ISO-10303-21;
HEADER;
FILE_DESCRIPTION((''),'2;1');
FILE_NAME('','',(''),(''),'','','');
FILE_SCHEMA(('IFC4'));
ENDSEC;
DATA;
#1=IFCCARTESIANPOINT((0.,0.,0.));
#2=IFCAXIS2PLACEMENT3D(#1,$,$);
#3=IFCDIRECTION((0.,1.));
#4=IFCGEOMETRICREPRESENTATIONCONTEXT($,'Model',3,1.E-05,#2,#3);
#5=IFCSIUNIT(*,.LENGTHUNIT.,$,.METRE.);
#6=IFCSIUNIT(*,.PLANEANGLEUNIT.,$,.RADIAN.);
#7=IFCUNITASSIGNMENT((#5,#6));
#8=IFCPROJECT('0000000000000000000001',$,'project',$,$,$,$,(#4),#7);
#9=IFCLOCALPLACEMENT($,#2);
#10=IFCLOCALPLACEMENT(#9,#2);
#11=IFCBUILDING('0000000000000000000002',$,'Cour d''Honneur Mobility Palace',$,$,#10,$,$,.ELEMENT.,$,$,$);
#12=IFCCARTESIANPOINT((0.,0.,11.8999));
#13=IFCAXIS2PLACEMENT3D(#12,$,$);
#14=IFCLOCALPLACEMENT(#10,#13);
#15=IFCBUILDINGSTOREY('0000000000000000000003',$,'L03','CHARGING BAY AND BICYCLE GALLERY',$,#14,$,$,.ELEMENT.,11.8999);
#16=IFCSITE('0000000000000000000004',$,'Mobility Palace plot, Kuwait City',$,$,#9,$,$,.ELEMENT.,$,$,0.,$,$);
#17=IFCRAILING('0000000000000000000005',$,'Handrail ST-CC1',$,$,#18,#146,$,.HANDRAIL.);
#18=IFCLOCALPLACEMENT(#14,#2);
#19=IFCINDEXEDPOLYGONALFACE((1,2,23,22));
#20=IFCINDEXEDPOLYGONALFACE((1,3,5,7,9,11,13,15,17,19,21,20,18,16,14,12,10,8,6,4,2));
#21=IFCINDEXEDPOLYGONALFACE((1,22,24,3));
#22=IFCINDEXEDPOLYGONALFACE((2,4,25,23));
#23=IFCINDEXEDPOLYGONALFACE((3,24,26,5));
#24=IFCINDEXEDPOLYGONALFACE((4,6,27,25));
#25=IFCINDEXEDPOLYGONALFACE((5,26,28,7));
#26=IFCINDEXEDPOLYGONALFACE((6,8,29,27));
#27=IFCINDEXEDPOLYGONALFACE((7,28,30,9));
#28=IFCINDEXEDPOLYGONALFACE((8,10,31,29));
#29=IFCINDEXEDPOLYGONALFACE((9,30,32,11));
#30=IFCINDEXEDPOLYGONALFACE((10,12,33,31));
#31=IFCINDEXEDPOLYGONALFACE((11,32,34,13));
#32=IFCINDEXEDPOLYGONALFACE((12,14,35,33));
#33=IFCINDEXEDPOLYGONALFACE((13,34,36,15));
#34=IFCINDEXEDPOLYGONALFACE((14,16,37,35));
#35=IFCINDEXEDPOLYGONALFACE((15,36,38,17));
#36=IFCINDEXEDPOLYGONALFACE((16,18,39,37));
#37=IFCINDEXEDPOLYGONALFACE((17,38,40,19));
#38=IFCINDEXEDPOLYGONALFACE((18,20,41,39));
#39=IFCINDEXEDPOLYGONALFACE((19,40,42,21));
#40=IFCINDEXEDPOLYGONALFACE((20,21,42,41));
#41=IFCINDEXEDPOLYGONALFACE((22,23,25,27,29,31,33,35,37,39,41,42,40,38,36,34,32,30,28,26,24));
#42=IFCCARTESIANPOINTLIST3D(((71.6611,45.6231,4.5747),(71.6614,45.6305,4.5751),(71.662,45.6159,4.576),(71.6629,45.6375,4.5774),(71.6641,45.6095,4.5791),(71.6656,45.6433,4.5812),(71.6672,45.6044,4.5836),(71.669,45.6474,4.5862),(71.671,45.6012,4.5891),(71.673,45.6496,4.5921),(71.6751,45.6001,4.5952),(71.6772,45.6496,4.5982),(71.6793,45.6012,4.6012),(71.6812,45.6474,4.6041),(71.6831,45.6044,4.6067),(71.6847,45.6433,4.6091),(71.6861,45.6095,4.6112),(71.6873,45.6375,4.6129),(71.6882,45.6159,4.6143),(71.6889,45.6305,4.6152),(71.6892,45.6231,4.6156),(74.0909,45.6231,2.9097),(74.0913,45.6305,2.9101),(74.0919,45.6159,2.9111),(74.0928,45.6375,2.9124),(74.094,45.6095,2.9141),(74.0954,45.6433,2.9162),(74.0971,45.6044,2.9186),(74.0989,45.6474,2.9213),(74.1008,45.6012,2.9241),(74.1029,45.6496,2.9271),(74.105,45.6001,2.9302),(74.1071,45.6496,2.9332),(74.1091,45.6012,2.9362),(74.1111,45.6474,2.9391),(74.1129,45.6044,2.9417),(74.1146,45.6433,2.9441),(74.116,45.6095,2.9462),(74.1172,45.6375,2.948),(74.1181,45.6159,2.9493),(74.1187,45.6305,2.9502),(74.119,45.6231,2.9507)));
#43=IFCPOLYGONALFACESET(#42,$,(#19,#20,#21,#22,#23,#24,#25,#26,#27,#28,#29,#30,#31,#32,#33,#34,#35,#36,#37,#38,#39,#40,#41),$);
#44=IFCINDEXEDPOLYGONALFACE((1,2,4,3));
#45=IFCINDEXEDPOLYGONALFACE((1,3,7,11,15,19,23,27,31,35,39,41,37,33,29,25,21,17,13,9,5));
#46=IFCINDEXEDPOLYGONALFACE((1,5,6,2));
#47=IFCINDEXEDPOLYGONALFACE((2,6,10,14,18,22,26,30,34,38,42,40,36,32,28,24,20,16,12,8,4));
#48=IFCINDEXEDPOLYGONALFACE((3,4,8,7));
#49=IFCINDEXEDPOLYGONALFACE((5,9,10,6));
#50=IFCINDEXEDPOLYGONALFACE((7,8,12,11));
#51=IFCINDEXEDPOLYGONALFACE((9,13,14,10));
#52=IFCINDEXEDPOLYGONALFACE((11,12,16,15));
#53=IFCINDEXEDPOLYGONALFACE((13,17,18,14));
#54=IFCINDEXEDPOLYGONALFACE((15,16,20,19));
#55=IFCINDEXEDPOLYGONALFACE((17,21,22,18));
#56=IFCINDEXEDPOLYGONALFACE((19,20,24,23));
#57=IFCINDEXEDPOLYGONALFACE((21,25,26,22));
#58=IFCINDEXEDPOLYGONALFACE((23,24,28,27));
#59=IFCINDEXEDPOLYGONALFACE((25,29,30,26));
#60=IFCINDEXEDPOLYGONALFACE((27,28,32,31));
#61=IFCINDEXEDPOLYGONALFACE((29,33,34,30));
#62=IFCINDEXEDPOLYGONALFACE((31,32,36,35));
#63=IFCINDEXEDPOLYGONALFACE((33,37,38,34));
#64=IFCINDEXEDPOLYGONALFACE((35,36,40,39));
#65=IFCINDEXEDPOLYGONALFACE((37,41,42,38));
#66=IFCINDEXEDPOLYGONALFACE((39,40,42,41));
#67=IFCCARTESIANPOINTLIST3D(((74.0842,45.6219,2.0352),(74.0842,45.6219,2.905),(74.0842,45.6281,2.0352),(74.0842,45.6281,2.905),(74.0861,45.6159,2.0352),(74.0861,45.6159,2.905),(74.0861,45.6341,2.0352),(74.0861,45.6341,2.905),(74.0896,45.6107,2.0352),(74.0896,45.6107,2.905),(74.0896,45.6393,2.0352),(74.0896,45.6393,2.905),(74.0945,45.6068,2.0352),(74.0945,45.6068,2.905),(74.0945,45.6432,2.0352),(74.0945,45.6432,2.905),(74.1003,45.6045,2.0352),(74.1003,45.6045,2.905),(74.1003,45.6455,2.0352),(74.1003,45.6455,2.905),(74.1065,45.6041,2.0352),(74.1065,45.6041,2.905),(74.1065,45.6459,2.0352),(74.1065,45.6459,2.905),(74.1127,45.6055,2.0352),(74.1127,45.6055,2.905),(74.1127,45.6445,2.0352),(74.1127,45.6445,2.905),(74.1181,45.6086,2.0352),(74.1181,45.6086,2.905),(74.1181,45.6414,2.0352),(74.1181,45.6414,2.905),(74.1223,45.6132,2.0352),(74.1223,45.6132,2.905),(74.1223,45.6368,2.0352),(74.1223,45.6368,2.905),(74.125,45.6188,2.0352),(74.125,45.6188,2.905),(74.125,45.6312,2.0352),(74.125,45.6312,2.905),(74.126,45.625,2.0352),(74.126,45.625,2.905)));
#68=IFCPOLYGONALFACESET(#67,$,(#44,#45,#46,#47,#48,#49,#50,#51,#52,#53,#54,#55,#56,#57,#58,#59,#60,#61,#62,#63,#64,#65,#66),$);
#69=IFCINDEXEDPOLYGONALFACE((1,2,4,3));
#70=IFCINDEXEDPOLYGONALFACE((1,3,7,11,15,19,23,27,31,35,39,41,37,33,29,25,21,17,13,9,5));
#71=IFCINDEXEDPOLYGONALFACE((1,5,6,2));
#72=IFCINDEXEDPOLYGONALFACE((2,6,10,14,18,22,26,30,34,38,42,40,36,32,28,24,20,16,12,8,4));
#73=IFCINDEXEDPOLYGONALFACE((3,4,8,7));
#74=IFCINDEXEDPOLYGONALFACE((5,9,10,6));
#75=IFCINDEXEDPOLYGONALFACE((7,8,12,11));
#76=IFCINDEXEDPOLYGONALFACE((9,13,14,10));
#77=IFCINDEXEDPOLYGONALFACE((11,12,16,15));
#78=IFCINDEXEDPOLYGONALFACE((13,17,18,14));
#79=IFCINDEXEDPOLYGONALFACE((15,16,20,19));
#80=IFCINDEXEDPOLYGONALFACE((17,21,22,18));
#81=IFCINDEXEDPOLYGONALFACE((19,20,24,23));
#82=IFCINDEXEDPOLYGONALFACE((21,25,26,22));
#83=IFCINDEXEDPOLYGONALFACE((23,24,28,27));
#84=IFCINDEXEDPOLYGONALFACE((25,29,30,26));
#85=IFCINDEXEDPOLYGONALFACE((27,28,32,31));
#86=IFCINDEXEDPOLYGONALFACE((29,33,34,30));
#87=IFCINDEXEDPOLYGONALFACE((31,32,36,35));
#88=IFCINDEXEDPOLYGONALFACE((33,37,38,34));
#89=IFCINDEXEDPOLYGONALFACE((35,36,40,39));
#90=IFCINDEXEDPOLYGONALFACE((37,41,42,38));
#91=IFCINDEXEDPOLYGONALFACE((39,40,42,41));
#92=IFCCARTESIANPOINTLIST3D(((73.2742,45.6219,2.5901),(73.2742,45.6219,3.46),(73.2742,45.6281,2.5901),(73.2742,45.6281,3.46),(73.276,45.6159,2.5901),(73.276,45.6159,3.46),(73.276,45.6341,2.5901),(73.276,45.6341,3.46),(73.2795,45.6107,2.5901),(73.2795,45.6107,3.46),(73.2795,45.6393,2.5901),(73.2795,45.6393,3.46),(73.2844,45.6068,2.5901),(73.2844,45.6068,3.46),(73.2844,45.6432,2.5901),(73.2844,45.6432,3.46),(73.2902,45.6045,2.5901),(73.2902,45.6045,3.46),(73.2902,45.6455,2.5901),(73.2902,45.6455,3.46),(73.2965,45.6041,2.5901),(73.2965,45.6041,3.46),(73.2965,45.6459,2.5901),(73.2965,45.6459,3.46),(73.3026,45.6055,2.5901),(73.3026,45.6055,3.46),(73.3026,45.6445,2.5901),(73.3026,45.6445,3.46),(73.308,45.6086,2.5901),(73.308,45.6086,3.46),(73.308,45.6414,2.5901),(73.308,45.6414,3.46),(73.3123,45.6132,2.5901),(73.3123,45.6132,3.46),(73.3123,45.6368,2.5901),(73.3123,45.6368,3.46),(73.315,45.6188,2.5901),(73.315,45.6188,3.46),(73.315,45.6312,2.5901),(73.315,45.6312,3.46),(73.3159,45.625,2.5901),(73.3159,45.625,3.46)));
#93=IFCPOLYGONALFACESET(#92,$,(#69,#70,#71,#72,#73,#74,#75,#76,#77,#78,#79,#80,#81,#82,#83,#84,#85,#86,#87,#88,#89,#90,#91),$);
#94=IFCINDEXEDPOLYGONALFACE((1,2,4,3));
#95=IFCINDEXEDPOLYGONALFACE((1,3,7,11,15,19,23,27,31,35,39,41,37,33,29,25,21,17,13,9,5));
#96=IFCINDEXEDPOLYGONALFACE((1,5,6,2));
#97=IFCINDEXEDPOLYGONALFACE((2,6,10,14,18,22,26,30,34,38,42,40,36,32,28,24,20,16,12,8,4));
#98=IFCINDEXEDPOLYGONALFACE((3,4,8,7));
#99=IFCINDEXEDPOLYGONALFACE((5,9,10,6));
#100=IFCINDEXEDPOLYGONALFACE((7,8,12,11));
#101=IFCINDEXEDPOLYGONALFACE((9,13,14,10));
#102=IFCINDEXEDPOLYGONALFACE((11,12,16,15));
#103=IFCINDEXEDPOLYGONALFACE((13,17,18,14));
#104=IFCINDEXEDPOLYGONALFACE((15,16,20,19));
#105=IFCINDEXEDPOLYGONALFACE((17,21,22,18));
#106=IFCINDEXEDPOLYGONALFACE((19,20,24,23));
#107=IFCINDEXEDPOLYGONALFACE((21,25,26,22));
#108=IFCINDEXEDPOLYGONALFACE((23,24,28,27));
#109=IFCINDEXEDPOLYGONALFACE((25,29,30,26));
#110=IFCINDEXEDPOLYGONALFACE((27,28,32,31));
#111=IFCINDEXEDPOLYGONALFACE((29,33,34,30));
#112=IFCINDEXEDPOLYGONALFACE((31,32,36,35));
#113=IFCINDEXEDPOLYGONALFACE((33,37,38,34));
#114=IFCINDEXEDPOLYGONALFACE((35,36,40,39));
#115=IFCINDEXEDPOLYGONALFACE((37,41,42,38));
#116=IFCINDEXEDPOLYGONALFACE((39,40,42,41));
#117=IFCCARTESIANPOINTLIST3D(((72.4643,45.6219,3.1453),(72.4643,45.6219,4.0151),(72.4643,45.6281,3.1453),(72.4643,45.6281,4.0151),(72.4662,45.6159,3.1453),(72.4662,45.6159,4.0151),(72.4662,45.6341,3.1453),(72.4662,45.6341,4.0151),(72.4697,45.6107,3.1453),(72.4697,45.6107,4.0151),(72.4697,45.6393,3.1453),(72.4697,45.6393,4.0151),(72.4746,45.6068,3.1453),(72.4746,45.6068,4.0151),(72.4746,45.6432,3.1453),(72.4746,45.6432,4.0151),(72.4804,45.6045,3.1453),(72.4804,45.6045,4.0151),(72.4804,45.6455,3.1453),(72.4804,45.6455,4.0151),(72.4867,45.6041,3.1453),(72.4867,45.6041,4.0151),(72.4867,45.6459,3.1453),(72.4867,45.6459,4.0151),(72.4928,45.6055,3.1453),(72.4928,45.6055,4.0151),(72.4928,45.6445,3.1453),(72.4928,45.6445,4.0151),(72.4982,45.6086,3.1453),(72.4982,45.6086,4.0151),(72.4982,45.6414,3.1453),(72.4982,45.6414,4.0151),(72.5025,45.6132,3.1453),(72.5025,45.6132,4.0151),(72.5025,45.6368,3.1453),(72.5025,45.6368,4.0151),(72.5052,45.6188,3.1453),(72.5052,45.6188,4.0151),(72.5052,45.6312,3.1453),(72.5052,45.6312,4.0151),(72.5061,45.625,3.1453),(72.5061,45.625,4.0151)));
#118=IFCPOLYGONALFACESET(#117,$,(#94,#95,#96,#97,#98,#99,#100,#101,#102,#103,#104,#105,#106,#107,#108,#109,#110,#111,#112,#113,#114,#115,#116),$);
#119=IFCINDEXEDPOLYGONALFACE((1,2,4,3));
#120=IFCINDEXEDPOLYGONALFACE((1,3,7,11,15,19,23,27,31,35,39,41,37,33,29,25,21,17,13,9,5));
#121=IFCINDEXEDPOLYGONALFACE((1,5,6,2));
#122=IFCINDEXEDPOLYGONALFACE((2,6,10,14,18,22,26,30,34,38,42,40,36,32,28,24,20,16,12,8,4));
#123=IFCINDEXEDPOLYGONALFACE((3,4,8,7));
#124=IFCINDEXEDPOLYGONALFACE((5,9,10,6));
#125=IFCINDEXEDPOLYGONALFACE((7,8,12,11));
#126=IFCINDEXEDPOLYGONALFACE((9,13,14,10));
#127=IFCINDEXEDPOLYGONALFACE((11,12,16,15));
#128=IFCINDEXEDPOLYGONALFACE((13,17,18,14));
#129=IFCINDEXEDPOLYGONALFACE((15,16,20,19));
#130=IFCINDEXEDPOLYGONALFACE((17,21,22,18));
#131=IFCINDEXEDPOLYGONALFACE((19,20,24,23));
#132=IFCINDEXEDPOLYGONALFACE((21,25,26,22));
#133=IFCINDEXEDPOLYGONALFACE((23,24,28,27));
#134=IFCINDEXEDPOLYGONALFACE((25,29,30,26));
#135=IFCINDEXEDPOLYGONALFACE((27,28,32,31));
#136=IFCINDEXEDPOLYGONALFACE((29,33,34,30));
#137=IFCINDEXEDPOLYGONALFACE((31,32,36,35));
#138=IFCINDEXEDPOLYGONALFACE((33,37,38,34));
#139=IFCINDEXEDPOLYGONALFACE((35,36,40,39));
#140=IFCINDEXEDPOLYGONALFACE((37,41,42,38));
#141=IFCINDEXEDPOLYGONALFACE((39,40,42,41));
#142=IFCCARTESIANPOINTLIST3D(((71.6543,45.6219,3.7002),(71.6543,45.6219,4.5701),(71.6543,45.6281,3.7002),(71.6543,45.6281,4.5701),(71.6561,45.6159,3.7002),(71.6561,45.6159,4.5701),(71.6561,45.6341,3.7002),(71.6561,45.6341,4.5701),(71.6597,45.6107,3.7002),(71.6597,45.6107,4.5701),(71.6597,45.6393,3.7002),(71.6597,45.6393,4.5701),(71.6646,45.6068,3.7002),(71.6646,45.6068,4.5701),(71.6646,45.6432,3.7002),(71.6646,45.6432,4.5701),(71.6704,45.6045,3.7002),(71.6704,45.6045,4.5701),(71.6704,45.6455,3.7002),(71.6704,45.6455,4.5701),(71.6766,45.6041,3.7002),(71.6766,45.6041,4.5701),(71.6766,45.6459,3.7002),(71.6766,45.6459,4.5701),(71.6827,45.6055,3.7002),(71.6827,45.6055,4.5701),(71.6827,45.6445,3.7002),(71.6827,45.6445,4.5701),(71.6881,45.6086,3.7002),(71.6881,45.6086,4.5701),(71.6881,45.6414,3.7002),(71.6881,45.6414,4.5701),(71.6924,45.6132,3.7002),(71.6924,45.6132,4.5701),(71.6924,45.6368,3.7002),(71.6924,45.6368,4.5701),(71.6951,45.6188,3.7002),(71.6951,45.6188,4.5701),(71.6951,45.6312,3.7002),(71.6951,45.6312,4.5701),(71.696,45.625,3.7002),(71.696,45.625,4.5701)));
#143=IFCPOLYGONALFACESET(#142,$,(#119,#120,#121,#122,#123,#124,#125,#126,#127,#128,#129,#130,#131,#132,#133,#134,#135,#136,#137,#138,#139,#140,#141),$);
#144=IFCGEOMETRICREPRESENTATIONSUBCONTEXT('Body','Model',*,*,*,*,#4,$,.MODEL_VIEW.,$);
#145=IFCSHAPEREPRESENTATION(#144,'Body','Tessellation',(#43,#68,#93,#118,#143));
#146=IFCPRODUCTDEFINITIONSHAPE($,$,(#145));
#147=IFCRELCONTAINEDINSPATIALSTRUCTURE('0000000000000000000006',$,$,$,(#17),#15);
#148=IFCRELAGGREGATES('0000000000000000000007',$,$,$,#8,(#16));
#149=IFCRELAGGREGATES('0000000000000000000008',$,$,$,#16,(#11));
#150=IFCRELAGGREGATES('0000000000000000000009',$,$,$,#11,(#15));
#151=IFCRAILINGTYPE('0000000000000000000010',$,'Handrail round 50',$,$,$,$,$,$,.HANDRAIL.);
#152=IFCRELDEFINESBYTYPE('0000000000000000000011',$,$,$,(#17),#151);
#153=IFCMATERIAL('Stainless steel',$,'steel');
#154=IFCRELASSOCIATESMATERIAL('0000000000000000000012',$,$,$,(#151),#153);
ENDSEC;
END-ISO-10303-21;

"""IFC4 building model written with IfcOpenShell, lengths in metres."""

from ifc_helpers import new_model, si_unit, direction, frame, origin, origin_2d, place, context, subcontext, project, spatial, circle, extrude, material, type_object, element, save


model = new_model("IFC4")

# Units and contexts
model_context = context("Model", 3, precision=1e-05, world=origin(), true_north=direction((0.0, 1.0)))
body_context = subcontext(model_context, "Body", "Model", "MODEL_VIEW")
ifc_project = project(units=[si_unit("LENGTHUNIT", "METRE"), si_unit("PLANEANGLEUNIT", "RADIAN")], contexts=[model_context])

# Site, building, storey
site_placement = place(None, origin())
site = spatial("IfcSite", under=ifc_project, at=site_placement, Name="Mobility Palace plot, Kuwait City", CompositionType="ELEMENT", RefElevation=0.0)
building_placement = place(site_placement, origin())
building = spatial("IfcBuilding", under=site, at=building_placement, Name="Cour d'Honneur Mobility Palace", CompositionType="ELEMENT")
storey_placement = place(building_placement, frame((0.0, 0.0, 11.8999)))
storey = spatial("IfcBuildingStorey", under=building, at=storey_placement, Name="L03", Description="CHARGING BAY AND BICYCLE GALLERY", CompositionType="ELEMENT", Elevation=11.8999)

# Railing
ifc_material_1 = material(Name="Stainless steel", Category="steel")
railing_type_1 = type_object("IfcRailingType", Name="Handrail round 50", PredefinedType="HANDRAIL", material=ifc_material_1)
for number, where, name in (
    (1, (74.105, 45.625, 2.0352), "Handrail ST-CC1"),
):
    element("IfcRailing", number, at=place(storey_placement, frame(where)), inside=storey, type_object=railing_type_1, Name=name, PredefinedType="HANDRAIL", context=body_context, shape_type="SweptSolid", body=[
        extrude(circle(Radius=0.0249, at=origin_2d()), frame((0.0, 0.0, 0.895), z_axis=(-0.824919, 0.0, 0.565251), x_axis=(0.0, -1.0, 0.0)), (0.0, 0.0, 1.0), 2.9456),
        extrude(circle(Radius=0.021, at=origin_2d()), origin(), (0.0, 0.0, 1.0), 0.8699),
        extrude(circle(Radius=0.021, at=origin_2d()), frame((-0.8101, 0.0, 0.5549)), (0.0, 0.0, 1.0), 0.8699),
        extrude(circle(Radius=0.021, at=origin_2d()), frame((-1.6199, 0.0, 1.1101)), (0.0, 0.0, 1.0), 0.8699),
        extrude(circle(Radius=0.021, at=origin_2d()), frame((-2.4299, 0.0, 1.665)), (0.0, 0.0, 1.0), 0.8699),
    ])

save(model, "model.ifc")
